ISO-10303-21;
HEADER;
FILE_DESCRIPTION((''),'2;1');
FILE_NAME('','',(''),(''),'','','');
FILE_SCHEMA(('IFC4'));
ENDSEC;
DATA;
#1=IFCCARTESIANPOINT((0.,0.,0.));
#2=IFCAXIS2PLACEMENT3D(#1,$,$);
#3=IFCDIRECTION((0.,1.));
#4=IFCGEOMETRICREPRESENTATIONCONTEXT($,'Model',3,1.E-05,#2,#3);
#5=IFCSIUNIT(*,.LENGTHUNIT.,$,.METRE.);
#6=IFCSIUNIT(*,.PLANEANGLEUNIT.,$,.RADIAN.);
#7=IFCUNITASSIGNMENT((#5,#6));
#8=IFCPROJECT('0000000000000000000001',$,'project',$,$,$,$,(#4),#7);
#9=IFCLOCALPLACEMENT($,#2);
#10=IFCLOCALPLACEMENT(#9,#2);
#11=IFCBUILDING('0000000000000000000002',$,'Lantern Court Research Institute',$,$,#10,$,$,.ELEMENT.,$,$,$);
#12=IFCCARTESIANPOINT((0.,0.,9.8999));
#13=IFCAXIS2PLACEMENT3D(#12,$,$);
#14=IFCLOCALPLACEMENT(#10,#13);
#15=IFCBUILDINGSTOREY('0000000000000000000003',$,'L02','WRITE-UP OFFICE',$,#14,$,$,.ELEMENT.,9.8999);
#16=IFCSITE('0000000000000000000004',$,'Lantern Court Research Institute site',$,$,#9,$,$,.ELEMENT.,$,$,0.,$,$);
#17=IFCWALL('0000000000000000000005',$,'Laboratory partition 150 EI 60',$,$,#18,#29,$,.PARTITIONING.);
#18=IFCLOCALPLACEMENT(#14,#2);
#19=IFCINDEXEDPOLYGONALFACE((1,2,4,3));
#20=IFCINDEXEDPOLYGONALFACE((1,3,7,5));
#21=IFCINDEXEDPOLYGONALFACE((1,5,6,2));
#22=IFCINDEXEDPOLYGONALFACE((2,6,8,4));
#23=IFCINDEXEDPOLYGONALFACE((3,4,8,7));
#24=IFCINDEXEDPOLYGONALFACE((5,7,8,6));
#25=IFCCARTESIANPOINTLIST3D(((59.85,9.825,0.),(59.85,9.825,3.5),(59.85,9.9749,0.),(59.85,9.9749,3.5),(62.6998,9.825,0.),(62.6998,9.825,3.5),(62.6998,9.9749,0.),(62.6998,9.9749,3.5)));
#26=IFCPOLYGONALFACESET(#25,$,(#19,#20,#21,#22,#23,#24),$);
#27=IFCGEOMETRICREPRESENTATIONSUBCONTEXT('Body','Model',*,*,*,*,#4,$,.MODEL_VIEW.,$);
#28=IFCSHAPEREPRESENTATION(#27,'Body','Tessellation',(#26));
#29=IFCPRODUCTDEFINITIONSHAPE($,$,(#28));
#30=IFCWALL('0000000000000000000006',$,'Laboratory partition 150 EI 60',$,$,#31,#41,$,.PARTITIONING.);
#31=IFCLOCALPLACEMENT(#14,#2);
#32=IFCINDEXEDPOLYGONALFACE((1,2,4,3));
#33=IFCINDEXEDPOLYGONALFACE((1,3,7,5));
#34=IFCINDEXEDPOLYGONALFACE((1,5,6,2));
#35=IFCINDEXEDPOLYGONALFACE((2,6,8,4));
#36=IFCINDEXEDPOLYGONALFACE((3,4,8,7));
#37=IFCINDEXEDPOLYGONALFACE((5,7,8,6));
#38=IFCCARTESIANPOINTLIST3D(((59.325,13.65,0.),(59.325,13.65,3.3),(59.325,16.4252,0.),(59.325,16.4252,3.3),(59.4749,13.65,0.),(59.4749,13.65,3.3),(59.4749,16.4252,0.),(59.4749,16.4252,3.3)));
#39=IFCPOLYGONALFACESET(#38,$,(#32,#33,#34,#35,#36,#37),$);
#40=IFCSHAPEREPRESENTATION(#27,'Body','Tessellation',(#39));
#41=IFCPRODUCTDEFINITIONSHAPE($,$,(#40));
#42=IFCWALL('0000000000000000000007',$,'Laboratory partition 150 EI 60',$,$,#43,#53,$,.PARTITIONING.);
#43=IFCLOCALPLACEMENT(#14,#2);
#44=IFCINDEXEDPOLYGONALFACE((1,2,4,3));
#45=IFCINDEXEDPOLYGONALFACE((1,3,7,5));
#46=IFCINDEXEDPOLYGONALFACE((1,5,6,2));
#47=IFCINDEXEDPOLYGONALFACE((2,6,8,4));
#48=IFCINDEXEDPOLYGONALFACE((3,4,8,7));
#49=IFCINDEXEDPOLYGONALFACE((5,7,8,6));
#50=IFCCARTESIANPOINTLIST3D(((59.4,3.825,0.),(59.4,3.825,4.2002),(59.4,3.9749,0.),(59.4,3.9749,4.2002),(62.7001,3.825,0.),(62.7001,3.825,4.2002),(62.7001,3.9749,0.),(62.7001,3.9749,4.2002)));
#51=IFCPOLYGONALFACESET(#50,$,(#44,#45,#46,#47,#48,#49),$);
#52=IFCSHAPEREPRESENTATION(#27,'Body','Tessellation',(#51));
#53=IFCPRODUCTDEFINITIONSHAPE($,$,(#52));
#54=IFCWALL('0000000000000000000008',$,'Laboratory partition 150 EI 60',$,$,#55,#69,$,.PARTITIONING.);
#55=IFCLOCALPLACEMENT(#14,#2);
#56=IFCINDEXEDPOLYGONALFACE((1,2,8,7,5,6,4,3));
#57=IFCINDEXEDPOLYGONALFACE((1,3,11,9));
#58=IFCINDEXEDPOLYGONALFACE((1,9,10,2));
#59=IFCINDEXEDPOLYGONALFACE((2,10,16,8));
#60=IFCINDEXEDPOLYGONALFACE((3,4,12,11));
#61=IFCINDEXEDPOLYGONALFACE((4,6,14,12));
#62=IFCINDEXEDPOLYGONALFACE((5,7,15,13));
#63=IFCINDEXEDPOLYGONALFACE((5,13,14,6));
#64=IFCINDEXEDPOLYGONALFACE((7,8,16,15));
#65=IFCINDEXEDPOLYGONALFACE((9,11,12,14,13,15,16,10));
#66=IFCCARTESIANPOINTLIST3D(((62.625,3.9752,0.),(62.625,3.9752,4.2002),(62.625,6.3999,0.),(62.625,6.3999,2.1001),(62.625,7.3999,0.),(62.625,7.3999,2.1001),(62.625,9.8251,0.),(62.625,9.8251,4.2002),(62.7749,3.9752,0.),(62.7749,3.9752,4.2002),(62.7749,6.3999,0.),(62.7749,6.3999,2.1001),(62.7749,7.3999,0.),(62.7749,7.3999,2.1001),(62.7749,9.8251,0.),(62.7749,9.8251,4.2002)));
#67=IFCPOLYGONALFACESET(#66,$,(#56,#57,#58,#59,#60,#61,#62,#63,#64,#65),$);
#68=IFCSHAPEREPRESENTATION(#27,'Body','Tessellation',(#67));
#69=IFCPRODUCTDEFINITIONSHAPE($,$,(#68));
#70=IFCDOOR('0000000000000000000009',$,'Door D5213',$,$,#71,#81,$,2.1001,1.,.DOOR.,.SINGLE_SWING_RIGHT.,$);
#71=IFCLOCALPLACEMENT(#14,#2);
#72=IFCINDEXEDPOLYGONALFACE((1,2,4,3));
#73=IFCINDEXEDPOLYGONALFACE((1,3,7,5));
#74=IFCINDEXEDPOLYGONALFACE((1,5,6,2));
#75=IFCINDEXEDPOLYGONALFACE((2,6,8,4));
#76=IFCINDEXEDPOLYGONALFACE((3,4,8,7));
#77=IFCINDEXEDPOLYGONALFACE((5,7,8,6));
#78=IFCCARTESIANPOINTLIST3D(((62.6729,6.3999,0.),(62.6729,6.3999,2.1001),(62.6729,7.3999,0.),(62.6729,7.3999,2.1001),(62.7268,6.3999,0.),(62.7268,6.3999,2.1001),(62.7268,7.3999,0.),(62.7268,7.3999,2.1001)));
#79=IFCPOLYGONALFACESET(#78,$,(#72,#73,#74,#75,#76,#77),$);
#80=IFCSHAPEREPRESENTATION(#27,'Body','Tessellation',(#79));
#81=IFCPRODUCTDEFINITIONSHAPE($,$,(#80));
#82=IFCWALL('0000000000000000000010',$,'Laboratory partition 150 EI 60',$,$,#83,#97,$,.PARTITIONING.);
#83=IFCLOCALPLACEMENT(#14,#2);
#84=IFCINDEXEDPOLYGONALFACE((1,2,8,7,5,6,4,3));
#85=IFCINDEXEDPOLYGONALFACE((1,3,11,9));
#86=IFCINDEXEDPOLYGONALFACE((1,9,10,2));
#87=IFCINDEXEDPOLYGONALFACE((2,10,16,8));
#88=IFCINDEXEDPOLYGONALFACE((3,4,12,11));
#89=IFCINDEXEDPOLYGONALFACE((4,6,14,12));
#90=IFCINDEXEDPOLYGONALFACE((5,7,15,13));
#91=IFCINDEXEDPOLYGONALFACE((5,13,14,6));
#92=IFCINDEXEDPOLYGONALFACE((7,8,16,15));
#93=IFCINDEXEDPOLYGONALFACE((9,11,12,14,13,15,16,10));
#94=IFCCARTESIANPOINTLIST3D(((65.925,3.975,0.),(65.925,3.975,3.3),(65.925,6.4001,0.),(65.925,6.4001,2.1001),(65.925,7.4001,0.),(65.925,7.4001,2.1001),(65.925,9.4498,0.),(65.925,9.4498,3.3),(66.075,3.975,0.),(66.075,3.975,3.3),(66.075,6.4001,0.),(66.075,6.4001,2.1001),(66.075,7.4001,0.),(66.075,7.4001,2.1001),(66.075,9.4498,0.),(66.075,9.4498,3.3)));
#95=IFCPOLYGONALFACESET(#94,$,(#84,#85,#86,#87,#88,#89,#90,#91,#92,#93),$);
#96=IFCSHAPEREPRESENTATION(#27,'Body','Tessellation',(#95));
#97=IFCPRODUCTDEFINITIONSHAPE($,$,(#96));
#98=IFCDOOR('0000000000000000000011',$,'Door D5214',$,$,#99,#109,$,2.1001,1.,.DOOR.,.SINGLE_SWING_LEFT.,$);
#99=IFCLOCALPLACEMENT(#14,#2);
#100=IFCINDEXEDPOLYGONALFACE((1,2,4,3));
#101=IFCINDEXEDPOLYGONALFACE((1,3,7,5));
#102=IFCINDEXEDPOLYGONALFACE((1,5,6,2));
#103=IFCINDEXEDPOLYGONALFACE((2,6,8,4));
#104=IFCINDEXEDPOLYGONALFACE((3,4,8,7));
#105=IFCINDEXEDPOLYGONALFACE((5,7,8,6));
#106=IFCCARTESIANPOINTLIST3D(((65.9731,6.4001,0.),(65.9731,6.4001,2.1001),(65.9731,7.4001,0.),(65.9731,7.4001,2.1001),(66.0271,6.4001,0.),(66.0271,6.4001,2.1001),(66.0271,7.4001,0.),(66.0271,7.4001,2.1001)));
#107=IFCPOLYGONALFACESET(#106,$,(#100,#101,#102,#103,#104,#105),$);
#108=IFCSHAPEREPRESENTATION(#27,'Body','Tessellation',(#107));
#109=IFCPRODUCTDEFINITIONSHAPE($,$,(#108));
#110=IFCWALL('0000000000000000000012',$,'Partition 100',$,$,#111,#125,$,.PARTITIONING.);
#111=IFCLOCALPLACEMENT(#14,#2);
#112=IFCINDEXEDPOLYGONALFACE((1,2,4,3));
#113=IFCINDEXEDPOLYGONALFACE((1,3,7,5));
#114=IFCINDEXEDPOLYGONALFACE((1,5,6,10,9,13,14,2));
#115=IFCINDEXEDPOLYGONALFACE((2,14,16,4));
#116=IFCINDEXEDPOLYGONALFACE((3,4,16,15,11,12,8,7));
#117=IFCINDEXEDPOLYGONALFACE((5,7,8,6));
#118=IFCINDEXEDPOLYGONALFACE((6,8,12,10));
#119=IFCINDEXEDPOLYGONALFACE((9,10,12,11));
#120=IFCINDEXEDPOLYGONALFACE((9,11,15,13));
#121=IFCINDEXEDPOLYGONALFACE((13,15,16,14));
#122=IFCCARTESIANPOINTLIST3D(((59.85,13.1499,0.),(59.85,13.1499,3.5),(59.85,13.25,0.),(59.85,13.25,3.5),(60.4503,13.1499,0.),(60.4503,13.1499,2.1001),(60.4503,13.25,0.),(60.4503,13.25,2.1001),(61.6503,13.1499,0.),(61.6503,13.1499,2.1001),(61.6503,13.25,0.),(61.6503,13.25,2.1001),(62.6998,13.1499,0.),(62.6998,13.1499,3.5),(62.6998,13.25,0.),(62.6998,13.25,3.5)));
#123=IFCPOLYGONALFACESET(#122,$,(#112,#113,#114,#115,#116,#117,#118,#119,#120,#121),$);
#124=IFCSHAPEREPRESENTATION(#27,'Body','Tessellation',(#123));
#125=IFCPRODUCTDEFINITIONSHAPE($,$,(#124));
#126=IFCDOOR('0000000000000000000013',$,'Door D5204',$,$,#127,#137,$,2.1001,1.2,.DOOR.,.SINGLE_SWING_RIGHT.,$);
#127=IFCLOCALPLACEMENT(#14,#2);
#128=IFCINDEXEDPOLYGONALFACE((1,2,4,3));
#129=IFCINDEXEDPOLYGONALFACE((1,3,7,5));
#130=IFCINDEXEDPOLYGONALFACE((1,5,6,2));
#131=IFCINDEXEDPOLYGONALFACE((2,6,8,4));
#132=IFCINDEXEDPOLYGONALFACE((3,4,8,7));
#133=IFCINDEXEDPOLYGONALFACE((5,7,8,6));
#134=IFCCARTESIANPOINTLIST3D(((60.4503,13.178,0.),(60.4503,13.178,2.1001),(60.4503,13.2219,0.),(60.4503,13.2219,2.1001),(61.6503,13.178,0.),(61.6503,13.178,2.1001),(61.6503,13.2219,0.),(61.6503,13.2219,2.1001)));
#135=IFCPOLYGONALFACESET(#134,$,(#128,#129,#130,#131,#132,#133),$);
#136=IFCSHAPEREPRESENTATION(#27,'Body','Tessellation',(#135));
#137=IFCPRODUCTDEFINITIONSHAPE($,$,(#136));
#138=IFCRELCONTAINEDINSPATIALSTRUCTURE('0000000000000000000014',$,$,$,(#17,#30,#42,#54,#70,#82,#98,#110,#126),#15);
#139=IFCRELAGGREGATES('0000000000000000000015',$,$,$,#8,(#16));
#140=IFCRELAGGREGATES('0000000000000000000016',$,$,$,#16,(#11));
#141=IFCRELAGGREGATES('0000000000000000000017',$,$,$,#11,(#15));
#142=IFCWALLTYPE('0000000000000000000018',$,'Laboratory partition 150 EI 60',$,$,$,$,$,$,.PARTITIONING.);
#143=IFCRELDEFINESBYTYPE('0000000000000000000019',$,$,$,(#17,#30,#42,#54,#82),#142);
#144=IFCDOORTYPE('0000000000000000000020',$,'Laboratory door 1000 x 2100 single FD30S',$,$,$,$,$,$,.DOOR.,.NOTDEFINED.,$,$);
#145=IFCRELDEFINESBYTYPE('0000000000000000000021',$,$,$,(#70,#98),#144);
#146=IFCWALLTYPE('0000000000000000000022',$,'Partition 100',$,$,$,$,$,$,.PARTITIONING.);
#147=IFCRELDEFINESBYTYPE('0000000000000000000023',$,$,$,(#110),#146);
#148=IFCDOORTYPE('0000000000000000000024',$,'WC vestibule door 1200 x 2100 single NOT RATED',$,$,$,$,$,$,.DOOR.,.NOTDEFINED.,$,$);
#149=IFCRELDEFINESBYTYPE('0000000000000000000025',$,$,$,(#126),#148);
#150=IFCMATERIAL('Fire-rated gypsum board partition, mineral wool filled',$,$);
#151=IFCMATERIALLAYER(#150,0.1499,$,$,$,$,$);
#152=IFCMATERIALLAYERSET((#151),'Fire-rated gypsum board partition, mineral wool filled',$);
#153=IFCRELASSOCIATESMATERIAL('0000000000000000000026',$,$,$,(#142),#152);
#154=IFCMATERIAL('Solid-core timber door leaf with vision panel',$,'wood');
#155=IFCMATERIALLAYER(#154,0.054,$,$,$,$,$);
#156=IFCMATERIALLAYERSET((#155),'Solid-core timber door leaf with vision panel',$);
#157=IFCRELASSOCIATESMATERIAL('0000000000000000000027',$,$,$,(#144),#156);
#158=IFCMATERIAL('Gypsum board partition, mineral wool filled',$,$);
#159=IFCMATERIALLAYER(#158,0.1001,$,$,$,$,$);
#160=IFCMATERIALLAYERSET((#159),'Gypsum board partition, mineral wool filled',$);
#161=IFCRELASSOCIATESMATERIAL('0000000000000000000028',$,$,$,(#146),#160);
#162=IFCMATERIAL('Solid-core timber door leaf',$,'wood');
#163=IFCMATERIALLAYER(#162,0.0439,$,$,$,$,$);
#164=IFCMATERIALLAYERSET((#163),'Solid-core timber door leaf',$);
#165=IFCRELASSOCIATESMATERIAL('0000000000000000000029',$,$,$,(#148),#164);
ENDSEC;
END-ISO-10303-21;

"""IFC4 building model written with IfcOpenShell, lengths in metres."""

from ifc_helpers import new_model, si_unit, direction, frame, frame_2d, origin, place, context, subcontext, project, spatial, rectangle, extrude, material, layer, layer_set, type_object, element, fill, save


model = new_model("IFC4")

# Units and contexts
model_context = context("Model", 3, precision=1e-05, world=origin(), true_north=direction((0.0, 1.0)))
body_context = subcontext(model_context, "Body", "Model", "MODEL_VIEW")
ifc_project = project(units=[si_unit("LENGTHUNIT", "METRE"), si_unit("PLANEANGLEUNIT", "RADIAN")], contexts=[model_context])

# Site, building, storey
site_placement = place(None, origin())
site = spatial("IfcSite", under=ifc_project, at=site_placement, Name="Lantern Court Research Institute site", CompositionType="ELEMENT", RefElevation=0.0)
building_placement = place(site_placement, origin())
building = spatial("IfcBuilding", under=site, at=building_placement, Name="Lantern Court Research Institute", CompositionType="ELEMENT")
storey_placement = place(building_placement, frame((0.0, 0.0, 9.8999)))
storey = spatial("IfcBuildingStorey", under=building, at=storey_placement, Name="L02", Description="WRITE-UP OFFICE", CompositionType="ELEMENT", Elevation=9.8999)

# Walls
ifc_material_1 = material(Name="Fire-rated gypsum board partition, mineral wool filled")
ifc_layer_1 = layer(ifc_material_1, 0.1499)
ifc_layer_set_1 = layer_set([ifc_layer_1], Name="Fire-rated gypsum board partition, mineral wool filled")
wall_type_1 = type_object("IfcWallType", Name="Laboratory partition 150 EI 60", PredefinedType="PARTITIONING", material=ifc_layer_set_1)
wall_1_placement = place(storey_placement, frame((59.8501, 9.8999, 0.0), z_axis=(0.0, 0.0, 1.0), x_axis=(1.0, 0.0, 0.0)))
element("IfcWall", 1, at=wall_1_placement, inside=storey, type_object=wall_type_1, Name="Laboratory partition 150 EI 60", PredefinedType="PARTITIONING", context=body_context, shape_type="SweptSolid", body=[
    extrude(rectangle(XDim=2.8499, YDim=0.1499, at=frame_2d((1.4248, 0.0))), origin(), (0.0, 0.0, 1.0), 3.5),
])
wall_2_placement = place(storey_placement, frame((59.3999, 13.6499, 0.0), z_axis=(0.0, 0.0, 1.0), x_axis=(0.0, 1.0, 0.0)))
element("IfcWall", 2, at=wall_2_placement, inside=storey, type_object=wall_type_1, Name="Laboratory partition 150 EI 60", PredefinedType="PARTITIONING", context=body_context, shape_type="SweptSolid", body=[
    extrude(rectangle(XDim=2.7751, YDim=0.1499, at=frame_2d((1.3877, 0.0))), origin(), (0.0, 0.0, 1.0), 3.3),
])
wall_3_placement = place(storey_placement, frame((62.7, 3.8999, 0.0), z_axis=(0.0, 0.0, 1.0), x_axis=(-1.0, 0.0, 0.0)))
element("IfcWall", 3, at=wall_3_placement, inside=storey, type_object=wall_type_1, Name="Laboratory partition 150 EI 60", PredefinedType="PARTITIONING", context=body_context, shape_type="SweptSolid", body=[
    extrude(rectangle(XDim=3.3, YDim=0.1499, at=frame_2d((1.6499, 0.0))), origin(), (0.0, 0.0, 1.0), 4.2002),
])

# Walls, openings, doors
wall_4_placement = place(storey_placement, frame((62.7, 9.825, 0.0), z_axis=(0.0, 0.0, 1.0), x_axis=(0.0, -1.0, 0.0)))
wall_4 = element("IfcWall", 4, at=wall_4_placement, inside=storey, type_object=wall_type_1, Name="Laboratory partition 150 EI 60", PredefinedType="PARTITIONING", context=body_context, shape_type="SweptSolid", body=[
    extrude(rectangle(XDim=5.8499, YDim=0.1499, at=frame_2d((2.9248, 0.0))), origin(), (0.0, 0.0, 1.0), 4.2002),
])
opening_1_placement = place(wall_4_placement, frame((2.425, 0.0, 0.0)))
opening_1 = element("IfcOpeningElement", 5, at=opening_1_placement, cuts=wall_4, PredefinedType="OPENING", context=body_context, shape_type="SweptSolid", body=[
    extrude(rectangle(XDim=1.0, YDim=2.1001, at=frame_2d((0.5, 1.05))), frame((0.0, 0.085, 0.0), z_axis=(0.0, -1.0, 0.0), x_axis=(1.0, 0.0, 0.0)), (0.0, 0.0, 1.0), 0.1699),
])
ifc_material_2 = material(Name="Solid-core timber door leaf with vision panel", Category="wood")
ifc_layer_2 = layer(ifc_material_2, 0.054)
ifc_layer_set_2 = layer_set([ifc_layer_2], Name="Solid-core timber door leaf with vision panel")
door_type_1 = type_object("IfcDoorType", Name="Laboratory door 1000 x 2100 single FD30S", OperationType="NOTDEFINED", PredefinedType="DOOR", material=ifc_layer_set_2)
door_1_placement = place(opening_1_placement, origin())
door_1 = element("IfcDoor", 6, at=door_1_placement, inside=storey, type_object=door_type_1, Name="Door D5213", OperationType="SINGLE_SWING_RIGHT", OverallHeight=2.1001, OverallWidth=1.0, PredefinedType="DOOR", context=body_context, shape_type="SweptSolid", body=[
    extrude(rectangle(XDim=1.0, YDim=2.1001, at=frame_2d((0.5, 1.05))), frame((0.0, 0.0269, 0.0), z_axis=(0.0, -1.0, 0.0), x_axis=(1.0, 0.0, 0.0)), (0.0, 0.0, 1.0), 0.054),
])
fill(opening_1, door_1)
wall_5_placement = place(storey_placement, frame((66.0, 3.9751, 0.0), z_axis=(0.0, 0.0, 1.0), x_axis=(0.0, 1.0, 0.0)))
wall_5 = element("IfcWall", 7, at=wall_5_placement, inside=storey, type_object=wall_type_1, Name="Laboratory partition 150 EI 60", PredefinedType="PARTITIONING", context=body_context, shape_type="SweptSolid", body=[
    extrude(rectangle(XDim=5.4749, YDim=0.1499, at=frame_2d((2.7373, 0.0))), origin(), (0.0, 0.0, 1.0), 3.3),
])
opening_2_placement = place(wall_5_placement, frame((2.425, 0.0, 0.0)))
opening_2 = element("IfcOpeningElement", 8, at=opening_2_placement, cuts=wall_5, PredefinedType="OPENING", context=body_context, shape_type="SweptSolid", body=[
    extrude(rectangle(XDim=1.0, YDim=2.1001, at=frame_2d((0.5, 1.05))), frame((0.0, 0.085, 0.0), z_axis=(0.0, -1.0, 0.0), x_axis=(1.0, 0.0, 0.0)), (0.0, 0.0, 1.0), 0.1699),
])
door_2_placement = place(opening_2_placement, origin())
door_2 = element("IfcDoor", 9, at=door_2_placement, inside=storey, type_object=door_type_1, Name="Door D5214", OperationType="SINGLE_SWING_LEFT", OverallHeight=2.1001, OverallWidth=1.0, PredefinedType="DOOR", context=body_context, shape_type="SweptSolid", body=[
    extrude(rectangle(XDim=1.0, YDim=2.1001, at=frame_2d((0.5, 1.05))), frame((0.0, 0.0269, 0.0), z_axis=(0.0, -1.0, 0.0), x_axis=(1.0, 0.0, 0.0)), (0.0, 0.0, 1.0), 0.054),
])
fill(opening_2, door_2)
ifc_material_3 = material(Name="Gypsum board partition, mineral wool filled")
ifc_layer_3 = layer(ifc_material_3, 0.1001)
ifc_layer_set_3 = layer_set([ifc_layer_3], Name="Gypsum board partition, mineral wool filled")
wall_type_2 = type_object("IfcWallType", Name="Partition 100", PredefinedType="PARTITIONING", material=ifc_layer_set_3)
wall_6_placement = place(storey_placement, frame((59.8501, 13.2, 0.0), z_axis=(0.0, 0.0, 1.0), x_axis=(1.0, 0.0, 0.0)))
wall_6 = element("IfcWall", 10, at=wall_6_placement, inside=storey, type_object=wall_type_2, Name="Partition 100", PredefinedType="PARTITIONING", context=body_context, shape_type="SweptSolid", body=[
    extrude(rectangle(XDim=2.8499, YDim=0.1001, at=frame_2d((1.4248, 0.0))), origin(), (0.0, 0.0, 1.0), 3.5),
])
opening_3_placement = place(wall_6_placement, frame((0.6001, 0.0, 0.0)))
opening_3 = element("IfcOpeningElement", 11, at=opening_3_placement, cuts=wall_6, PredefinedType="OPENING", context=body_context, shape_type="SweptSolid", body=[
    extrude(rectangle(XDim=1.2, YDim=2.1001, at=frame_2d((0.6001, 1.05))), frame((0.0, 0.0601, 0.0), z_axis=(0.0, -1.0, 0.0), x_axis=(1.0, 0.0, 0.0)), (0.0, 0.0, 1.0), 0.1201),
])
ifc_material_4 = material(Name="Solid-core timber door leaf", Category="wood")
ifc_layer_4 = layer(ifc_material_4, 0.0439)
ifc_layer_set_4 = layer_set([ifc_layer_4], Name="Solid-core timber door leaf")
door_type_2 = type_object("IfcDoorType", Name="WC vestibule door 1200 x 2100 single NOT RATED", OperationType="NOTDEFINED", PredefinedType="DOOR", material=ifc_layer_set_4)
door_3_placement = place(opening_3_placement, origin())
door_3 = element("IfcDoor", 12, at=door_3_placement, inside=storey, type_object=door_type_2, Name="Door D5204", OperationType="SINGLE_SWING_RIGHT", OverallHeight=2.1001, OverallWidth=1.2, PredefinedType="DOOR", context=body_context, shape_type="SweptSolid", body=[
    extrude(rectangle(XDim=1.2, YDim=2.1001, at=frame_2d((0.6001, 1.05))), frame((0.0, 0.022, 0.0), z_axis=(0.0, -1.0, 0.0), x_axis=(1.0, 0.0, 0.0)), (0.0, 0.0, 1.0), 0.0439),
])
fill(opening_3, door_3)

save(model, "model.ifc")
